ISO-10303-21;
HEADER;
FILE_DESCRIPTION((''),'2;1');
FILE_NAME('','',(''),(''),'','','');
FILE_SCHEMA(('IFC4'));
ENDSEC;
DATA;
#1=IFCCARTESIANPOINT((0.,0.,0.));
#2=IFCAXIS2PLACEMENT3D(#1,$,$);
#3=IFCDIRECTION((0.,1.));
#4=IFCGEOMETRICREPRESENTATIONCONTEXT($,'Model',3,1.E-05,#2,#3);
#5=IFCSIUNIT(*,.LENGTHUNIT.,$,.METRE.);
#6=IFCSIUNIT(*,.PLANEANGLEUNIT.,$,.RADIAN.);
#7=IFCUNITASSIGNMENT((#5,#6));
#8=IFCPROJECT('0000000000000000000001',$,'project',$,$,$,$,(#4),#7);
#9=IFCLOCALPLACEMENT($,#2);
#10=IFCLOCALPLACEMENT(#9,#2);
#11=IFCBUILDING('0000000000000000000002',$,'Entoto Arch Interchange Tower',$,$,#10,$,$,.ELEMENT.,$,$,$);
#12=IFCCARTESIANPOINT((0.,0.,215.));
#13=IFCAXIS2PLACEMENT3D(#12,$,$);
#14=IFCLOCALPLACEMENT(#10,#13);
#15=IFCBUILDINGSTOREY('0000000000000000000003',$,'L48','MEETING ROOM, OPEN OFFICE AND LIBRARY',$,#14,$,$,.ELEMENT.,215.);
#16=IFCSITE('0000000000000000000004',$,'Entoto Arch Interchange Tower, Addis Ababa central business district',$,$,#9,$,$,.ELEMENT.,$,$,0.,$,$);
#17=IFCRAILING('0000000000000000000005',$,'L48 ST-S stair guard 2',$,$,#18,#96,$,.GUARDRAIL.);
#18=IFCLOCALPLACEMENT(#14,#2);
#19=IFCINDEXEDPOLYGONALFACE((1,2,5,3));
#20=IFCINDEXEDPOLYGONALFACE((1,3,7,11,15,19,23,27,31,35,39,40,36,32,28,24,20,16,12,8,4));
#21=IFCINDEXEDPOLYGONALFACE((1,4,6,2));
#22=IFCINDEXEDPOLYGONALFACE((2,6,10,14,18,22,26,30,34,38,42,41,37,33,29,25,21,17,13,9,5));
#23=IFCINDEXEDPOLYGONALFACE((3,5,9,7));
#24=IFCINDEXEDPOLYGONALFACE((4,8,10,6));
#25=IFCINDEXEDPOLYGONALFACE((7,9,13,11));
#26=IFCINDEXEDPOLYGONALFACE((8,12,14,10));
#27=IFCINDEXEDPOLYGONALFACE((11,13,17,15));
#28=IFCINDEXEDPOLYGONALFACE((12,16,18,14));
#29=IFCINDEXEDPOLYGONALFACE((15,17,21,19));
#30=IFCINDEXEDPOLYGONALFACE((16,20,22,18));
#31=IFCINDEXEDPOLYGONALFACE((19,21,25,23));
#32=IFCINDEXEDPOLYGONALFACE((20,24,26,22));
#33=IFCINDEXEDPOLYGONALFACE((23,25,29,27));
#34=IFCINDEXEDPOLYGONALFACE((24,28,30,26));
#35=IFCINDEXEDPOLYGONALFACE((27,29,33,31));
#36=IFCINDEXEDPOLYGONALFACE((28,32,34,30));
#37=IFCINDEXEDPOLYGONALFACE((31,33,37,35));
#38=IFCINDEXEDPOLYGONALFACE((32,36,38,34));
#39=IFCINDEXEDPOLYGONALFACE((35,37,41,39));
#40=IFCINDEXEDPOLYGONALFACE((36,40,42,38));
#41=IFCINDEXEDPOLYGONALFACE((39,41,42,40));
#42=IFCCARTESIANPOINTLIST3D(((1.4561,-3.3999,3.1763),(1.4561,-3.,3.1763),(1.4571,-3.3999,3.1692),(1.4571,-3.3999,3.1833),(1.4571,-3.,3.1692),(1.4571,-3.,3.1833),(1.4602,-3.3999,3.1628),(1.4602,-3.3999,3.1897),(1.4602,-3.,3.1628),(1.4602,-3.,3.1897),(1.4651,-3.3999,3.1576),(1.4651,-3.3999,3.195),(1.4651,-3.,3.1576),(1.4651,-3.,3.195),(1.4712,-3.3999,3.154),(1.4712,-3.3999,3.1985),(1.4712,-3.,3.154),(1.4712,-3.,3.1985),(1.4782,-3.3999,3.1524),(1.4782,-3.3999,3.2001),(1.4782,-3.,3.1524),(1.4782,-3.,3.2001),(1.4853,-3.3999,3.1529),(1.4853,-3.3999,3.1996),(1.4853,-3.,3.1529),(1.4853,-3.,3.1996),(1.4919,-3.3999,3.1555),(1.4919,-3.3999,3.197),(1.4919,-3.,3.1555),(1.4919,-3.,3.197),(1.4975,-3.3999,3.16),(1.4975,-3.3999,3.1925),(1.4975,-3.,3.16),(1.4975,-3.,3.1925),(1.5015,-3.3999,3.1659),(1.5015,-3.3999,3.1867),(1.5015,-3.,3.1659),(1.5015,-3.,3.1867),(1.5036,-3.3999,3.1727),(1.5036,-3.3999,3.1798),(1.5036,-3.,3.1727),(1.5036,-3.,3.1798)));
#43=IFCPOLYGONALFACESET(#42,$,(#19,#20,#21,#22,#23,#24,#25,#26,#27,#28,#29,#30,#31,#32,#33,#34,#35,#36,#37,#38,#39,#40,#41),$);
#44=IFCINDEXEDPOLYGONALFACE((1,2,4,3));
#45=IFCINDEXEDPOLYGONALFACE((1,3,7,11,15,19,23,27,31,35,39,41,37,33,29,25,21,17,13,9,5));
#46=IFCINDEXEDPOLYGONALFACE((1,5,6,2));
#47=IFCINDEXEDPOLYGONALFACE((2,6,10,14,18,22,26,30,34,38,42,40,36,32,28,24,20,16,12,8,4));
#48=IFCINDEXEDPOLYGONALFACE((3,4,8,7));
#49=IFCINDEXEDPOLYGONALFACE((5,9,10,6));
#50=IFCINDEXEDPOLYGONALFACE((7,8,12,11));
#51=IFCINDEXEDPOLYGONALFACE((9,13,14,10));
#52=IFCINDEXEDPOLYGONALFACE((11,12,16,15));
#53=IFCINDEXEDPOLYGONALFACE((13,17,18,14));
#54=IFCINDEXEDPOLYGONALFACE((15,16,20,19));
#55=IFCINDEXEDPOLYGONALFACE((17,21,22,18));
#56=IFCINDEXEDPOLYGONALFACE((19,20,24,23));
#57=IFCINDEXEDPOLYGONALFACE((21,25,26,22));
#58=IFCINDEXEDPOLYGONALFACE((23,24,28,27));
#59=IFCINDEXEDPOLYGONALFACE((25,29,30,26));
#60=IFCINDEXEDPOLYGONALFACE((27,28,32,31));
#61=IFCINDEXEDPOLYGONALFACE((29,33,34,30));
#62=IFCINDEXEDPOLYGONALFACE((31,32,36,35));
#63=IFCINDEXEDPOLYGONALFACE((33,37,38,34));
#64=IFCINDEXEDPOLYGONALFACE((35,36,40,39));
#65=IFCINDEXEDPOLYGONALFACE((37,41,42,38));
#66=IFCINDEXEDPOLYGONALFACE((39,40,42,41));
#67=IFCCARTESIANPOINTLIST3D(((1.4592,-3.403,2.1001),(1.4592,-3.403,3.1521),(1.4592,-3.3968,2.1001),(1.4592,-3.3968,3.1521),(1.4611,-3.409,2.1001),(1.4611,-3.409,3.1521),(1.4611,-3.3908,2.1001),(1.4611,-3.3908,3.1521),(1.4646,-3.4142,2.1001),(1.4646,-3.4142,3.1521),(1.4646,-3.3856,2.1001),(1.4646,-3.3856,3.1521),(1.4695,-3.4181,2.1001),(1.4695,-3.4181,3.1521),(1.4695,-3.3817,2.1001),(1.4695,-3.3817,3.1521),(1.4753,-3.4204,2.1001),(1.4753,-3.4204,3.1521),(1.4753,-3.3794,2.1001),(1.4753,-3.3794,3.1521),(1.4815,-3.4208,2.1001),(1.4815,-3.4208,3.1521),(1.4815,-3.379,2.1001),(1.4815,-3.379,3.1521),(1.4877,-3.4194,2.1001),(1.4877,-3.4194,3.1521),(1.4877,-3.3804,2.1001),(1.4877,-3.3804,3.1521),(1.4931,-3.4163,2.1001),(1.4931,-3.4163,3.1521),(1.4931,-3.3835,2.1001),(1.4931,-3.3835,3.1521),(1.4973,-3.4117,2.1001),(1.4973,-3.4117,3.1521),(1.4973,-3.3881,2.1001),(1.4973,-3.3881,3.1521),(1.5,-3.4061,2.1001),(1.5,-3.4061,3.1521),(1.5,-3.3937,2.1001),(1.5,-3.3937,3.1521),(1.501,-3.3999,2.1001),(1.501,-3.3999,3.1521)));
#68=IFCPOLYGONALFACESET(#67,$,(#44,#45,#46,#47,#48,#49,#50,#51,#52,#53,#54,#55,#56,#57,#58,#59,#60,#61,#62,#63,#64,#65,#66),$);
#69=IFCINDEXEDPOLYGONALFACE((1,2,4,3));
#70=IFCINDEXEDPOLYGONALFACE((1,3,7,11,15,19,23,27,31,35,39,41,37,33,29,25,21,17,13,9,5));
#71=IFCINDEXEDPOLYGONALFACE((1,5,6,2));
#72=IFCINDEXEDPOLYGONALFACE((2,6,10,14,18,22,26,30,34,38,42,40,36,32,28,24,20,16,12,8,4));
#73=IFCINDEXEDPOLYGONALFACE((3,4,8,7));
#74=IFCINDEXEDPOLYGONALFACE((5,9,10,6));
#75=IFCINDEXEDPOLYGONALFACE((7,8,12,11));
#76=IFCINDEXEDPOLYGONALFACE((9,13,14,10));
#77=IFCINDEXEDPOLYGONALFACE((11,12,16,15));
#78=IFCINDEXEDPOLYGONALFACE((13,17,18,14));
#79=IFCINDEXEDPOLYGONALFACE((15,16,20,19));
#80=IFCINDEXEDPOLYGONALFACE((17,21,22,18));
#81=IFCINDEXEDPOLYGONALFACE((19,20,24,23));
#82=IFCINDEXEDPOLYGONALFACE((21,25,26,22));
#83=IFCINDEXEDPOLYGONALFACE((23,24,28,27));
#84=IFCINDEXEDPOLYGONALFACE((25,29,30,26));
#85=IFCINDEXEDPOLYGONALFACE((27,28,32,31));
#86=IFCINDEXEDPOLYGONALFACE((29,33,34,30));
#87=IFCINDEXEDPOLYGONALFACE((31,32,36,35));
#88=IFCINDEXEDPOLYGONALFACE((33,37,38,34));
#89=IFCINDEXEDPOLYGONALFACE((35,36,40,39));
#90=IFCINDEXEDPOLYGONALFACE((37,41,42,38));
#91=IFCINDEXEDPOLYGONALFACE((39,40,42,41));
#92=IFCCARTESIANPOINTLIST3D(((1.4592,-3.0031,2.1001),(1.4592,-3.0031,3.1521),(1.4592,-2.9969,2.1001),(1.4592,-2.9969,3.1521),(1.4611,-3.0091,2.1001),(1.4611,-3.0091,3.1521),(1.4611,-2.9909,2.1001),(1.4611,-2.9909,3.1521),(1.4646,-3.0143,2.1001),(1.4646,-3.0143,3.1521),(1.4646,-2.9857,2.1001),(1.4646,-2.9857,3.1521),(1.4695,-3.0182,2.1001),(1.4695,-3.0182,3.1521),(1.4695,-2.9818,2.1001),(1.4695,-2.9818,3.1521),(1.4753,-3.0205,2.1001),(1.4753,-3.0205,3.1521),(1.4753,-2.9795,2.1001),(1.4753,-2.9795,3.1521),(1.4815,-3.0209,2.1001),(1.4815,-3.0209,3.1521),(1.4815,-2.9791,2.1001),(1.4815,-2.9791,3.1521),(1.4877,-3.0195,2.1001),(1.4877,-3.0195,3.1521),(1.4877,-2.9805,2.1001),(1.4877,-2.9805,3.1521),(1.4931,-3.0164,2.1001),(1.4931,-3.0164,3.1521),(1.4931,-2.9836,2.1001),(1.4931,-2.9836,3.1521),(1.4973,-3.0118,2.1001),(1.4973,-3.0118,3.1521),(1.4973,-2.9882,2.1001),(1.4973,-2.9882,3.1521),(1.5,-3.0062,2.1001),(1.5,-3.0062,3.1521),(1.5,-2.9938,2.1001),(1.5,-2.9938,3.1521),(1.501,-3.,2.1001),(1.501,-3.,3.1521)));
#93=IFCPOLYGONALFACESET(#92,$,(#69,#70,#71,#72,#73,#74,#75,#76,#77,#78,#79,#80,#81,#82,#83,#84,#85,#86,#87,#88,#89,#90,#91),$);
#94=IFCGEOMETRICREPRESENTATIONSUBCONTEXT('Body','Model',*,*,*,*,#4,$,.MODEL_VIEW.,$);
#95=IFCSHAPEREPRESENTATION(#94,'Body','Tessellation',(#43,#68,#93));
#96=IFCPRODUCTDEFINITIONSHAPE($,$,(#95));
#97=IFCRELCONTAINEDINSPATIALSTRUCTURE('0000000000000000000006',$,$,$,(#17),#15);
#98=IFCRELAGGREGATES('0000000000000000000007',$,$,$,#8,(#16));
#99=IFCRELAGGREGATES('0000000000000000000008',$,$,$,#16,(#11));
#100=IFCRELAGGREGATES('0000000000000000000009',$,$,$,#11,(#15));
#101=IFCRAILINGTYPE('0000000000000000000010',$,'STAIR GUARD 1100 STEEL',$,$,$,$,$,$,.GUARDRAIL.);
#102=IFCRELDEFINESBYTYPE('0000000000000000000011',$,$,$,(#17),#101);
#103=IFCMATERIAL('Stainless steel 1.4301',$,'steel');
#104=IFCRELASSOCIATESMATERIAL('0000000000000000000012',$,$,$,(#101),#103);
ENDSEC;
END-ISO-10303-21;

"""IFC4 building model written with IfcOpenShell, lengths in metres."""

from ifc_helpers import new_model, si_unit, direction, frame, origin, origin_2d, place, context, subcontext, project, spatial, circle, extrude, material, type_object, element, save


model = new_model("IFC4")

# Units and contexts
model_context = context("Model", 3, precision=1e-05, world=origin(), true_north=direction((0.0, 1.0)))
body_context = subcontext(model_context, "Body", "Model", "MODEL_VIEW")
ifc_project = project(units=[si_unit("LENGTHUNIT", "METRE"), si_unit("PLANEANGLEUNIT", "RADIAN")], contexts=[model_context])

# Site, building, storey
site_placement = place(None, origin())
site = spatial("IfcSite", under=ifc_project, at=site_placement, Name="Entoto Arch Interchange Tower, Addis Ababa central business district", CompositionType="ELEMENT", RefElevation=0.0)
building_placement = place(site_placement, origin())
building = spatial("IfcBuilding", under=site, at=building_placement, Name="Entoto Arch Interchange Tower", CompositionType="ELEMENT")
storey_placement = place(building_placement, frame((0.0, 0.0, 215.0)))
storey = spatial("IfcBuildingStorey", under=building, at=storey_placement, Name="L48", Description="MEETING ROOM, OPEN OFFICE AND LIBRARY", CompositionType="ELEMENT", Elevation=215.0)

# Railing
ifc_material_1 = material(Name="Stainless steel 1.4301", Category="steel")
railing_type_1 = type_object("IfcRailingType", Name="STAIR GUARD 1100 STEEL", PredefinedType="GUARDRAIL", material=ifc_material_1)
railing_1_placement = place(storey_placement, frame((1.48, -3.3999, 2.1001)))
element("IfcRailing", 1, at=railing_1_placement, inside=storey, type_object=railing_type_1, Name="L48 ST-S stair guard 2", PredefinedType="GUARDRAIL", context=body_context, shape_type="SweptSolid", body=[
    extrude(circle(Radius=0.0239, at=origin_2d()), frame((0.0, 0.0, 1.0762), z_axis=(0.0, 1.0, 0.0), x_axis=(-1.0, 0.0, 0.0)), (0.0, 0.0, 1.0), 0.3999),
    extrude(circle(Radius=0.021, at=origin_2d()), origin(), (0.0, 0.0, 1.0), 1.052),
    extrude(circle(Radius=0.021, at=origin_2d()), frame((0.0, 0.3999, 0.0)), (0.0, 0.0, 1.0), 1.052),
])

save(model, "model.ifc")
